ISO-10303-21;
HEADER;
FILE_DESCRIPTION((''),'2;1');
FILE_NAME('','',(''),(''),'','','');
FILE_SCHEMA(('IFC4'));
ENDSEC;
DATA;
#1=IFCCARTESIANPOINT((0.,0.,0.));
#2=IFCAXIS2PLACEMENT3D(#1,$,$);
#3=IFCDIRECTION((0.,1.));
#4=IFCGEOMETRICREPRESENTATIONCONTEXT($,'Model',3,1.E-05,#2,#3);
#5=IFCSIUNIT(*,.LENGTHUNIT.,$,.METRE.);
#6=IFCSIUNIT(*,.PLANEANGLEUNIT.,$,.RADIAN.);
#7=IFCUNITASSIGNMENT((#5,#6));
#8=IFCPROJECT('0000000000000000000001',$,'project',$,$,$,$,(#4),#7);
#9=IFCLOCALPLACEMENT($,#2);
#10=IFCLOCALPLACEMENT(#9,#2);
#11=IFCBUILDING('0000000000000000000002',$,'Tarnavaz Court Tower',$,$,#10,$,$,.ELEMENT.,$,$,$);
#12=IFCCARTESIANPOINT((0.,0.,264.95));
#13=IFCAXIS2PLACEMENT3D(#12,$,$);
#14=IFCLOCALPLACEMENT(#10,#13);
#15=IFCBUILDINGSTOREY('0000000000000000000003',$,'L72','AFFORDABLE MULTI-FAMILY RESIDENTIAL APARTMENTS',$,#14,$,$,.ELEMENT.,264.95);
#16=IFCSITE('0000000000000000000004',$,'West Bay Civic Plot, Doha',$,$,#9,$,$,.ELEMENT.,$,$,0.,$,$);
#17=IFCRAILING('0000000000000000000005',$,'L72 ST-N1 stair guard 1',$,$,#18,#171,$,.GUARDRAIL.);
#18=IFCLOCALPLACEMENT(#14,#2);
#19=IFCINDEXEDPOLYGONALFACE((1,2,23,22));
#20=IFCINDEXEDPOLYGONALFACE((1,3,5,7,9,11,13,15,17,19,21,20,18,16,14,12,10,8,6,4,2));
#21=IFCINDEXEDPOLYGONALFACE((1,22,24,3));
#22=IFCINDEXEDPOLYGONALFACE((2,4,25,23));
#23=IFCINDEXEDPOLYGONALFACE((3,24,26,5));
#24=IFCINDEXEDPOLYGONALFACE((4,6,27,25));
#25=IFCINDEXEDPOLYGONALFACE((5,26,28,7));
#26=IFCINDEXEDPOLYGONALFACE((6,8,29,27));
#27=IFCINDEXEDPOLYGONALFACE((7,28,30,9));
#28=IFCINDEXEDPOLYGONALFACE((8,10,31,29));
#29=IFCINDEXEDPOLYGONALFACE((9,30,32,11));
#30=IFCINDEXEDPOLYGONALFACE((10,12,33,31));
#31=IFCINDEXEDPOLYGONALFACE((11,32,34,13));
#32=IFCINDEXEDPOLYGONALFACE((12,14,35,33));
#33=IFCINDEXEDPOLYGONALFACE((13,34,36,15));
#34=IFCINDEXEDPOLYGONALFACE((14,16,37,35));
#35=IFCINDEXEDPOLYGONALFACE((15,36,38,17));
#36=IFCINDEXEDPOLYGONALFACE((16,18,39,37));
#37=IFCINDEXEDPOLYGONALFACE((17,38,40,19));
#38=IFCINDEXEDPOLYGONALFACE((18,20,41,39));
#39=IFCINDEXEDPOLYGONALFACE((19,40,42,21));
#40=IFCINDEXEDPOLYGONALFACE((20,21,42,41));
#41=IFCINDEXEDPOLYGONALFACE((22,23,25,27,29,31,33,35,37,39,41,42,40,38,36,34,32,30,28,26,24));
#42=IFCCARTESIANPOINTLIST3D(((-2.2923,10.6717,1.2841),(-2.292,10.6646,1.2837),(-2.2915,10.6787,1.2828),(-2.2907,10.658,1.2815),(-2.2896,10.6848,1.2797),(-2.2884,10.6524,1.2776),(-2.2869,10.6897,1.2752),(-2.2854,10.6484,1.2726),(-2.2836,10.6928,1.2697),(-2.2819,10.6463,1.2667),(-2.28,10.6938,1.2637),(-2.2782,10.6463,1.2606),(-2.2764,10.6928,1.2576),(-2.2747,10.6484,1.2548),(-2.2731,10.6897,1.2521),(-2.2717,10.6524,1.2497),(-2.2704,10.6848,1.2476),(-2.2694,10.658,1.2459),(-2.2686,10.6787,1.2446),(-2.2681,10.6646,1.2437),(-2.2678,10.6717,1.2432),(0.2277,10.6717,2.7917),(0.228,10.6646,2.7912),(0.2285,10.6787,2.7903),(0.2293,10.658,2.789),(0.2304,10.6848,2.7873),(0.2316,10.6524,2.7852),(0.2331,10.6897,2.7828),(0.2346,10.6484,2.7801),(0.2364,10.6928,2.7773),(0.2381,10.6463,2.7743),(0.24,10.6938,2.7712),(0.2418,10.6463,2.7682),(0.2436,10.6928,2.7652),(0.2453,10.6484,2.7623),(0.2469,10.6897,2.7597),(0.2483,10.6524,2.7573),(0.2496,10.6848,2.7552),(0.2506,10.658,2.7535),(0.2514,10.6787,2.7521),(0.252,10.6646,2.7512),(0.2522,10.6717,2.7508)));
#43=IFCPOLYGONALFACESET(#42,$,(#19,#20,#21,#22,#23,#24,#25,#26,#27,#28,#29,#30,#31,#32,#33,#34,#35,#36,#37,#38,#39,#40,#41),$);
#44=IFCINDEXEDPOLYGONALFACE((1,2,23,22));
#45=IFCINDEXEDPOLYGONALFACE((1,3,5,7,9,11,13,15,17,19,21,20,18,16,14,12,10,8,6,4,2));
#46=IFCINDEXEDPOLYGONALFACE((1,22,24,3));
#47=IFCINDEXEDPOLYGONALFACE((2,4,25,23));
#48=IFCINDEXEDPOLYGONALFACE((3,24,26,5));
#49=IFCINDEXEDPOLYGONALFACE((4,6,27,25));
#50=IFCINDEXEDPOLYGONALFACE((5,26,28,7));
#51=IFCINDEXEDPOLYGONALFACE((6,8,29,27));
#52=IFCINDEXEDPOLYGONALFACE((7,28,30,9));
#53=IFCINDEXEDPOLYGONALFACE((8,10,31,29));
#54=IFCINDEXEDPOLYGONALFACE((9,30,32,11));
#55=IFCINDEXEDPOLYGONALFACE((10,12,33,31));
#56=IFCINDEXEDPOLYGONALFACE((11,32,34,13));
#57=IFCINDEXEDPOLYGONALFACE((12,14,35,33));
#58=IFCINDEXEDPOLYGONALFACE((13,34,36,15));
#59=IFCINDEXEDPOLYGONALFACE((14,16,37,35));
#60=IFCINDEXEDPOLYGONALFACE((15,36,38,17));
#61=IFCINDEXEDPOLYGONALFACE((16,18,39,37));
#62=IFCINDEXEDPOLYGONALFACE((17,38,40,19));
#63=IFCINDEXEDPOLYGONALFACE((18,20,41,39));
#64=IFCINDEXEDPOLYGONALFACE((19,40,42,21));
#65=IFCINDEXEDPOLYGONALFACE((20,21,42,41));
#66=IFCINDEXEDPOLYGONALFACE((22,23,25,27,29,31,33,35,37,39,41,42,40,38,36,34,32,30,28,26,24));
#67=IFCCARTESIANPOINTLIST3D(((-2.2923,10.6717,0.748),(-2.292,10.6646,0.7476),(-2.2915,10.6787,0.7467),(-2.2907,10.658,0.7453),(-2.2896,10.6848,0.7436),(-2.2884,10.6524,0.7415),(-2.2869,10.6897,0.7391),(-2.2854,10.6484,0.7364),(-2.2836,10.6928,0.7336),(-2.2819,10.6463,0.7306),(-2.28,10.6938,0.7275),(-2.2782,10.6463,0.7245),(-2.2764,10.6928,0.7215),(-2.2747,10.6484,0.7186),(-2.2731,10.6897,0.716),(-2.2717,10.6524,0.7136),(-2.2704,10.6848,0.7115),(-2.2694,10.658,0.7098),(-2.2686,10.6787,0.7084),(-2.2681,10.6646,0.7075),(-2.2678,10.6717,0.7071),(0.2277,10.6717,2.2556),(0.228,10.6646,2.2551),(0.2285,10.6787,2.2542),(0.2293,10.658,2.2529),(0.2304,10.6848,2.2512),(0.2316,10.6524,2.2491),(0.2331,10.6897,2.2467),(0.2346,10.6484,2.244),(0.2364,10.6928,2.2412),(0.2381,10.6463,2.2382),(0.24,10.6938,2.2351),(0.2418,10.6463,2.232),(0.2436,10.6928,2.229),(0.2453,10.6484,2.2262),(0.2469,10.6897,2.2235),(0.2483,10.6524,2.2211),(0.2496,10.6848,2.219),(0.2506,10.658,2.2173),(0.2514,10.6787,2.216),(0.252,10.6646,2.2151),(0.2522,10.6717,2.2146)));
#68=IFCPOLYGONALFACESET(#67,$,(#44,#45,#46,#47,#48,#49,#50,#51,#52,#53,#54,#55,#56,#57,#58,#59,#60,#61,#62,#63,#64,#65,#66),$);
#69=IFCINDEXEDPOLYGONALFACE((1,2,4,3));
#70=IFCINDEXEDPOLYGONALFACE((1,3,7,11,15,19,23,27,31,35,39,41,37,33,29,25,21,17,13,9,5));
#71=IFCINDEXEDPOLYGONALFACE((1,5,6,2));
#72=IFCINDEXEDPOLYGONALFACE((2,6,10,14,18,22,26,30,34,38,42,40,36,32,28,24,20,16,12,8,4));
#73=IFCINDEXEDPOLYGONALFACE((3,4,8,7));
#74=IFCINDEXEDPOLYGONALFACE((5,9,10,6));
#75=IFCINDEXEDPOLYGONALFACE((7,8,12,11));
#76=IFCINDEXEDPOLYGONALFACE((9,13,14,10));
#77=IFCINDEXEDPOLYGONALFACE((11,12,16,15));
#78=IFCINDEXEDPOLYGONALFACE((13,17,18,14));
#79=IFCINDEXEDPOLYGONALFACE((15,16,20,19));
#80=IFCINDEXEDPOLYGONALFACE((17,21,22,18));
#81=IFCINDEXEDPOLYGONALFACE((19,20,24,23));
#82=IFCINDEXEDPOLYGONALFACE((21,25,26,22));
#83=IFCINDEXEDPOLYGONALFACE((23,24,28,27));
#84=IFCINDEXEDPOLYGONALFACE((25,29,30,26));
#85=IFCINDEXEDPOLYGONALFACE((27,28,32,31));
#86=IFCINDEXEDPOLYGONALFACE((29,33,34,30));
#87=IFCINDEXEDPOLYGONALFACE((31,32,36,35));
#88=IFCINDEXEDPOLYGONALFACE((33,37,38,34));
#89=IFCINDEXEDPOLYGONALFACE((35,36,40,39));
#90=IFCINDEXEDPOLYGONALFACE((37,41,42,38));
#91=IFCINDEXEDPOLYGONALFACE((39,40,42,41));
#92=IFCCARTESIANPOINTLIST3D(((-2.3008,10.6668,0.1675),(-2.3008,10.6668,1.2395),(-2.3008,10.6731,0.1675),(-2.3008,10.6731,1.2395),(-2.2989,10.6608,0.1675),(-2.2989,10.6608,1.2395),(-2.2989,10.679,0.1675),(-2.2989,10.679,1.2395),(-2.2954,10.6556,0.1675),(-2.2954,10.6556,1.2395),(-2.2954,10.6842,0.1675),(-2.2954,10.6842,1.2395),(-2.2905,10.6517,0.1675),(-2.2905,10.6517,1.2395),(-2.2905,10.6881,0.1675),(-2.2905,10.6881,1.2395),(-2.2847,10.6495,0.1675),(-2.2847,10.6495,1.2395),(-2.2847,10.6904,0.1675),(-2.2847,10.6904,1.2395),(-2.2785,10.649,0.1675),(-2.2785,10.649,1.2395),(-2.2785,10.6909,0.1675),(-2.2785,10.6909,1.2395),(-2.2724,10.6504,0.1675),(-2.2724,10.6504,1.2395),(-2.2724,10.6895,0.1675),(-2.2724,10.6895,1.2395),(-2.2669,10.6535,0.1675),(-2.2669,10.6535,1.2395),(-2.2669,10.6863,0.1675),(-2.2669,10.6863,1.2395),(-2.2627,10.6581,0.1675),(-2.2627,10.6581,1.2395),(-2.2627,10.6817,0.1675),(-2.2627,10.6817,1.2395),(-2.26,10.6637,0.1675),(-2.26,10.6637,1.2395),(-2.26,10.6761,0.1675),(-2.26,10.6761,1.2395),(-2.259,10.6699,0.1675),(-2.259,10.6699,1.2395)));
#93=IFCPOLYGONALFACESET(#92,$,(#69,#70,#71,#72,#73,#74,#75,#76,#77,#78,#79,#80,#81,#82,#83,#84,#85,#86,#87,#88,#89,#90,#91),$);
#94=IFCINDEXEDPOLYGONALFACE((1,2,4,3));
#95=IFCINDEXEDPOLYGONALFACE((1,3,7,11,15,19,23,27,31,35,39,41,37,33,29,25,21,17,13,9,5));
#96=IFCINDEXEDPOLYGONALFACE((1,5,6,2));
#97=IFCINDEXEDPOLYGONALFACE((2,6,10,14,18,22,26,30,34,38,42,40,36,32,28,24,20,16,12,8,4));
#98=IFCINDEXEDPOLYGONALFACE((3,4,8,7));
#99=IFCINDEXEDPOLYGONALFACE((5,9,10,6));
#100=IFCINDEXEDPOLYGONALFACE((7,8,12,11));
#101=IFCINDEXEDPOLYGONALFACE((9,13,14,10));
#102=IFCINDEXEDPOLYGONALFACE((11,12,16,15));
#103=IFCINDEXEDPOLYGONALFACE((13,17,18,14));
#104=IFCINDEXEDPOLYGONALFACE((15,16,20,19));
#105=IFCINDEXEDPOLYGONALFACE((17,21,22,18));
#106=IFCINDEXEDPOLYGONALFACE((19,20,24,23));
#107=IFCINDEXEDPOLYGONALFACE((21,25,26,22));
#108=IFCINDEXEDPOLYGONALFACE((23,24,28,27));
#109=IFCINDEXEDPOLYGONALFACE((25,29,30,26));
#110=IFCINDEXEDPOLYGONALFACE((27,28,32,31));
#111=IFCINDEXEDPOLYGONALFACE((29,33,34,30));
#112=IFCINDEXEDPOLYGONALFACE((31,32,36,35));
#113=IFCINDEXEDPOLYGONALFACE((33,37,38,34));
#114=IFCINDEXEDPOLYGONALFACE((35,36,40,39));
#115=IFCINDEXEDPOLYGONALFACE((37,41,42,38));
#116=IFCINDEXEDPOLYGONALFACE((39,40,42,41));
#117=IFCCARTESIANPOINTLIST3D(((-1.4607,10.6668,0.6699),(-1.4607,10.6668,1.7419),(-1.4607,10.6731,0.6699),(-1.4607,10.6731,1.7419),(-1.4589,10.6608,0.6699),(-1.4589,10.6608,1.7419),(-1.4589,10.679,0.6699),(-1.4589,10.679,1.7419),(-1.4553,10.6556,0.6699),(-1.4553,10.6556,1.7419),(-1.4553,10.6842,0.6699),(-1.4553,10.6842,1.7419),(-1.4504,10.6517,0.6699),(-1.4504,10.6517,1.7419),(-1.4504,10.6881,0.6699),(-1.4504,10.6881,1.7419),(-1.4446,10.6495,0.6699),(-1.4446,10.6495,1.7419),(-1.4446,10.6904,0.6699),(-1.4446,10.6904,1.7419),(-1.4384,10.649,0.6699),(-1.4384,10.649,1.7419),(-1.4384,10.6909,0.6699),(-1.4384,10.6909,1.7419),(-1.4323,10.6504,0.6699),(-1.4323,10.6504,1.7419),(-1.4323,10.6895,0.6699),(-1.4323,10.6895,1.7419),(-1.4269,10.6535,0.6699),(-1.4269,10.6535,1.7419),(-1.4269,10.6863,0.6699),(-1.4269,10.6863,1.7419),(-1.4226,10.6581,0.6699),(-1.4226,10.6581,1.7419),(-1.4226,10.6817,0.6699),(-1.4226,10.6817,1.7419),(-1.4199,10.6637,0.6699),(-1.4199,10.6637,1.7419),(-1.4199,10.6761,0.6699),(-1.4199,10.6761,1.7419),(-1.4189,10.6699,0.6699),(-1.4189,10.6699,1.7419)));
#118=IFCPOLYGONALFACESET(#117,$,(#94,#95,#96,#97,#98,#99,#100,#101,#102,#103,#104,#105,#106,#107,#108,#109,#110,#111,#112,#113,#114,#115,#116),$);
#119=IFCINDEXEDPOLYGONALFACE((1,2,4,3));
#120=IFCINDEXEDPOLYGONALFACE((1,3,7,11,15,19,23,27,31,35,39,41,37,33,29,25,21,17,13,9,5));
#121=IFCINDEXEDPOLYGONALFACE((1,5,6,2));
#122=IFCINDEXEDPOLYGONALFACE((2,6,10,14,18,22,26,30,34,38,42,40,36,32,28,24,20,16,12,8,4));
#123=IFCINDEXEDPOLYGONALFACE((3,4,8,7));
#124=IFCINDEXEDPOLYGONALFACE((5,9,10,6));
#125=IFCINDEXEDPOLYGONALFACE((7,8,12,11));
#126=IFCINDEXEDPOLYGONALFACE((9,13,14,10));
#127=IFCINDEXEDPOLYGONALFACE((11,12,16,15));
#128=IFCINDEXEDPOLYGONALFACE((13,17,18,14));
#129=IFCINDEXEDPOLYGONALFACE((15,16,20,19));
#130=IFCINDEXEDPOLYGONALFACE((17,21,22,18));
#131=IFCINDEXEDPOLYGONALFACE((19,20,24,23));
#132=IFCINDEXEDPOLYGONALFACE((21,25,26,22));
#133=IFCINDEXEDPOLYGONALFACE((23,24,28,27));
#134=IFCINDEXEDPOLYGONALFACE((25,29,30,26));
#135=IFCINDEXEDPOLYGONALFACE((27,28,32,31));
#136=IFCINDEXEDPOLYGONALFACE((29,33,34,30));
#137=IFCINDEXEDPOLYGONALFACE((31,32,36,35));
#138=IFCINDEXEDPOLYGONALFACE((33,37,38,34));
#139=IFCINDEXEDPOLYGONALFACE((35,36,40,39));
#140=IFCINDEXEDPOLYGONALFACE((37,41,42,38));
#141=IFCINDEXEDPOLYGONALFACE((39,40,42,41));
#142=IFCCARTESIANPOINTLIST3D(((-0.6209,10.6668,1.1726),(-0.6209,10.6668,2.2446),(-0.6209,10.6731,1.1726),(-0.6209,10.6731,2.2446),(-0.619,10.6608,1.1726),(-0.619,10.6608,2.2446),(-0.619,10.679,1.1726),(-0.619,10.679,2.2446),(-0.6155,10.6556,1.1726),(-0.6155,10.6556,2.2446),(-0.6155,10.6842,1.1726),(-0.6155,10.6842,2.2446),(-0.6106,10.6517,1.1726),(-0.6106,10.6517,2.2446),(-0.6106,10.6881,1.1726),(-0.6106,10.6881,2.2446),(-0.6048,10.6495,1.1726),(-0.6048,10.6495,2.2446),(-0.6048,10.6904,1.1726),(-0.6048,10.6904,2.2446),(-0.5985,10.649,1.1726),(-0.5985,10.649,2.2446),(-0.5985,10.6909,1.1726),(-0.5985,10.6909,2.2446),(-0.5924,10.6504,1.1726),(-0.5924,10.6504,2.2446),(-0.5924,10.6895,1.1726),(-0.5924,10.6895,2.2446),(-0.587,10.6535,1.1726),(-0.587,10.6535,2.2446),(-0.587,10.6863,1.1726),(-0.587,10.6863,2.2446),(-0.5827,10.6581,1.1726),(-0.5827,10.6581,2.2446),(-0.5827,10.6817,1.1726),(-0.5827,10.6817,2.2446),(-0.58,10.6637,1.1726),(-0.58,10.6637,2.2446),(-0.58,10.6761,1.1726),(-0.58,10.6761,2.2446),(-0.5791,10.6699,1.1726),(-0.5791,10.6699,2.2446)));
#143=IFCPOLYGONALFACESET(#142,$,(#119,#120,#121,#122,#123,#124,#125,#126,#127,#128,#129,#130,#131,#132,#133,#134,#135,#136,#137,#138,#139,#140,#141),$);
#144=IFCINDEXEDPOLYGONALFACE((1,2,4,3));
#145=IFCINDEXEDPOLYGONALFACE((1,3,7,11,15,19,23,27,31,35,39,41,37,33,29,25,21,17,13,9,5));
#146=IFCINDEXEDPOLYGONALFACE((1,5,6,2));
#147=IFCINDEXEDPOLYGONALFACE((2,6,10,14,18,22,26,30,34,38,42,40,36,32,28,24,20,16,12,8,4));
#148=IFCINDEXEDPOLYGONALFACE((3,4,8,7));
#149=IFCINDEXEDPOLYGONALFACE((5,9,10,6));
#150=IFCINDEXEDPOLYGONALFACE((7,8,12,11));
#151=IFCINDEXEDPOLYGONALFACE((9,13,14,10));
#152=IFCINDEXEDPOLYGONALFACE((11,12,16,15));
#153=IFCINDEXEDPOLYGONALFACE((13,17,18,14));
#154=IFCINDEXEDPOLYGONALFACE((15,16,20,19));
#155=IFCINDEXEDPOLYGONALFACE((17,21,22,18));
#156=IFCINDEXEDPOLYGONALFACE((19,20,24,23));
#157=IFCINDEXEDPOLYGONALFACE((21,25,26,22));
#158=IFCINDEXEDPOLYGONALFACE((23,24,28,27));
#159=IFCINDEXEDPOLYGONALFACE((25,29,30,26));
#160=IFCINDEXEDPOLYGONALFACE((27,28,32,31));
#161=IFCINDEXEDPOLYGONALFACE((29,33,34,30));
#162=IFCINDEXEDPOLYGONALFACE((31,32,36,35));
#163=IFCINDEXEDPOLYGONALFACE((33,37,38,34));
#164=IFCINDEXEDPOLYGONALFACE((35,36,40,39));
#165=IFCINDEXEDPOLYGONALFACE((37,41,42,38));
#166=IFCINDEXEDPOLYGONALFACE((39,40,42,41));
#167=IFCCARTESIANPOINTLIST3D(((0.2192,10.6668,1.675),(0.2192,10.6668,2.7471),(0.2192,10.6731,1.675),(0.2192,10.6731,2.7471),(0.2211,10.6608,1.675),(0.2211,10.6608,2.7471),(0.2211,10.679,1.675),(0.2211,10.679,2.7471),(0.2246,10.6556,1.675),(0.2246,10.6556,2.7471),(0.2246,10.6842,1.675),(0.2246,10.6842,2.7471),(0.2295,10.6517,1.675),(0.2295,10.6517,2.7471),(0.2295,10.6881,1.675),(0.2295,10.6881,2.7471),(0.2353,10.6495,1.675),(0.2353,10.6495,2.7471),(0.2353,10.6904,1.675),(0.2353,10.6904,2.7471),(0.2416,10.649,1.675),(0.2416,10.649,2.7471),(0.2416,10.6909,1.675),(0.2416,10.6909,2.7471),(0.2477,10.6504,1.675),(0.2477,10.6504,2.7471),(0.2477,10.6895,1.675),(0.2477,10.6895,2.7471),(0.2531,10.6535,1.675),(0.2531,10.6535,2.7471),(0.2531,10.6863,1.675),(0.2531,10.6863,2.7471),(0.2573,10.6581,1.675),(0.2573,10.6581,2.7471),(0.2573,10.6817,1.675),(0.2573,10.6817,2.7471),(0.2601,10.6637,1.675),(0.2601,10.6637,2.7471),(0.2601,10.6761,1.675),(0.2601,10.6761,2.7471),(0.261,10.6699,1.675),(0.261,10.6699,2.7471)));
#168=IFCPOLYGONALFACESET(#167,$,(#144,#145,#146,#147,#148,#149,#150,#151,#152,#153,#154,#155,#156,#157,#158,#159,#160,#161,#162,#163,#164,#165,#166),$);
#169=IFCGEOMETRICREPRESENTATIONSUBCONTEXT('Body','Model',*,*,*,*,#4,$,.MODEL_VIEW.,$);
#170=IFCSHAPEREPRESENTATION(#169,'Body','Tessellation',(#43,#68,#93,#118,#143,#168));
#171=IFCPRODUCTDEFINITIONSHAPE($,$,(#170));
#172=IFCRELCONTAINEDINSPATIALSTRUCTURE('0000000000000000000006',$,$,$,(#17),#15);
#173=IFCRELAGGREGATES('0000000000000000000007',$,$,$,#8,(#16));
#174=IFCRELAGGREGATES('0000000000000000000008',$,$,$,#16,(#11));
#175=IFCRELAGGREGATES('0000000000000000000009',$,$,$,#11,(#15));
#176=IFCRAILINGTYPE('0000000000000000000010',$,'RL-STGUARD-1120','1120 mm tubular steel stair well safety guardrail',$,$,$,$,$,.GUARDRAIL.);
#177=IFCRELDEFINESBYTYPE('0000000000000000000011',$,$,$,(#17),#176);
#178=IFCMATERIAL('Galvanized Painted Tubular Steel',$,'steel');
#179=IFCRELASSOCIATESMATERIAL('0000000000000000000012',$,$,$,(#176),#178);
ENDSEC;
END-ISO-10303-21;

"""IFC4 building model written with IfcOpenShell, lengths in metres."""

from ifc_helpers import new_model, si_unit, direction, frame, origin, origin_2d, place, context, subcontext, project, spatial, circle, extrude, material, type_object, element, save


model = new_model("IFC4")

# Units and contexts
model_context = context("Model", 3, precision=1e-05, world=origin(), true_north=direction((0.0, 1.0)))
body_context = subcontext(model_context, "Body", "Model", "MODEL_VIEW")
ifc_project = project(units=[si_unit("LENGTHUNIT", "METRE"), si_unit("PLANEANGLEUNIT", "RADIAN")], contexts=[model_context])

# Site, building, storey
site_placement = place(None, origin())
site = spatial("IfcSite", under=ifc_project, at=site_placement, Name="West Bay Civic Plot, Doha", CompositionType="ELEMENT", RefElevation=0.0)
building_placement = place(site_placement, origin())
building = spatial("IfcBuilding", under=site, at=building_placement, Name="Tarnavaz Court Tower", CompositionType="ELEMENT")
storey_placement = place(building_placement, frame((0.0, 0.0, 264.95)))
storey = spatial("IfcBuildingStorey", under=building, at=storey_placement, Name="L72", Description="AFFORDABLE MULTI-FAMILY RESIDENTIAL APARTMENTS", CompositionType="ELEMENT", Elevation=264.95)

# Railing
ifc_material_1 = material(Name="Galvanized Painted Tubular Steel", Category="steel")
railing_type_1 = type_object("IfcRailingType", Name="RL-STGUARD-1120", Description="1120 mm tubular steel stair well safety guardrail", PredefinedType="GUARDRAIL", material=ifc_material_1)
railing_1_placement = place(storey_placement, frame((-2.28, 10.6699, 0.1675)))
element("IfcRailing", 1, at=railing_1_placement, inside=storey, type_object=railing_type_1, Name="L72 ST-N1 stair guard 1", PredefinedType="GUARDRAIL", context=body_context, shape_type="SweptSolid", body=[
    extrude(circle(Radius=0.0239, at=origin_2d()), frame((0.0, 0.0, 1.0962), z_axis=(0.85816, 0.0, 0.513383), x_axis=(0.0, 1.0, 0.0)), (0.0, 0.0, 1.0), 2.9365),
    extrude(circle(Radius=0.0239, at=origin_2d()), frame((0.0, 0.0, 0.5601), z_axis=(0.85816, 0.0, 0.513383), x_axis=(0.0, 1.0, 0.0)), (0.0, 0.0, 1.0), 2.9365),
    extrude(circle(Radius=0.021, at=origin_2d()), origin(), (0.0, 0.0, 1.0), 1.072),
    extrude(circle(Radius=0.021, at=origin_2d()), frame((0.8401, 0.0, 0.5024)), (0.0, 0.0, 1.0), 1.072),
    extrude(circle(Radius=0.021, at=origin_2d()), frame((1.6799, 0.0, 1.0051)), (0.0, 0.0, 1.0), 1.072),
    extrude(circle(Radius=0.021, at=origin_2d()), frame((2.52, 0.0, 1.5076)), (0.0, 0.0, 1.0), 1.072),
])

save(model, "model.ifc")
